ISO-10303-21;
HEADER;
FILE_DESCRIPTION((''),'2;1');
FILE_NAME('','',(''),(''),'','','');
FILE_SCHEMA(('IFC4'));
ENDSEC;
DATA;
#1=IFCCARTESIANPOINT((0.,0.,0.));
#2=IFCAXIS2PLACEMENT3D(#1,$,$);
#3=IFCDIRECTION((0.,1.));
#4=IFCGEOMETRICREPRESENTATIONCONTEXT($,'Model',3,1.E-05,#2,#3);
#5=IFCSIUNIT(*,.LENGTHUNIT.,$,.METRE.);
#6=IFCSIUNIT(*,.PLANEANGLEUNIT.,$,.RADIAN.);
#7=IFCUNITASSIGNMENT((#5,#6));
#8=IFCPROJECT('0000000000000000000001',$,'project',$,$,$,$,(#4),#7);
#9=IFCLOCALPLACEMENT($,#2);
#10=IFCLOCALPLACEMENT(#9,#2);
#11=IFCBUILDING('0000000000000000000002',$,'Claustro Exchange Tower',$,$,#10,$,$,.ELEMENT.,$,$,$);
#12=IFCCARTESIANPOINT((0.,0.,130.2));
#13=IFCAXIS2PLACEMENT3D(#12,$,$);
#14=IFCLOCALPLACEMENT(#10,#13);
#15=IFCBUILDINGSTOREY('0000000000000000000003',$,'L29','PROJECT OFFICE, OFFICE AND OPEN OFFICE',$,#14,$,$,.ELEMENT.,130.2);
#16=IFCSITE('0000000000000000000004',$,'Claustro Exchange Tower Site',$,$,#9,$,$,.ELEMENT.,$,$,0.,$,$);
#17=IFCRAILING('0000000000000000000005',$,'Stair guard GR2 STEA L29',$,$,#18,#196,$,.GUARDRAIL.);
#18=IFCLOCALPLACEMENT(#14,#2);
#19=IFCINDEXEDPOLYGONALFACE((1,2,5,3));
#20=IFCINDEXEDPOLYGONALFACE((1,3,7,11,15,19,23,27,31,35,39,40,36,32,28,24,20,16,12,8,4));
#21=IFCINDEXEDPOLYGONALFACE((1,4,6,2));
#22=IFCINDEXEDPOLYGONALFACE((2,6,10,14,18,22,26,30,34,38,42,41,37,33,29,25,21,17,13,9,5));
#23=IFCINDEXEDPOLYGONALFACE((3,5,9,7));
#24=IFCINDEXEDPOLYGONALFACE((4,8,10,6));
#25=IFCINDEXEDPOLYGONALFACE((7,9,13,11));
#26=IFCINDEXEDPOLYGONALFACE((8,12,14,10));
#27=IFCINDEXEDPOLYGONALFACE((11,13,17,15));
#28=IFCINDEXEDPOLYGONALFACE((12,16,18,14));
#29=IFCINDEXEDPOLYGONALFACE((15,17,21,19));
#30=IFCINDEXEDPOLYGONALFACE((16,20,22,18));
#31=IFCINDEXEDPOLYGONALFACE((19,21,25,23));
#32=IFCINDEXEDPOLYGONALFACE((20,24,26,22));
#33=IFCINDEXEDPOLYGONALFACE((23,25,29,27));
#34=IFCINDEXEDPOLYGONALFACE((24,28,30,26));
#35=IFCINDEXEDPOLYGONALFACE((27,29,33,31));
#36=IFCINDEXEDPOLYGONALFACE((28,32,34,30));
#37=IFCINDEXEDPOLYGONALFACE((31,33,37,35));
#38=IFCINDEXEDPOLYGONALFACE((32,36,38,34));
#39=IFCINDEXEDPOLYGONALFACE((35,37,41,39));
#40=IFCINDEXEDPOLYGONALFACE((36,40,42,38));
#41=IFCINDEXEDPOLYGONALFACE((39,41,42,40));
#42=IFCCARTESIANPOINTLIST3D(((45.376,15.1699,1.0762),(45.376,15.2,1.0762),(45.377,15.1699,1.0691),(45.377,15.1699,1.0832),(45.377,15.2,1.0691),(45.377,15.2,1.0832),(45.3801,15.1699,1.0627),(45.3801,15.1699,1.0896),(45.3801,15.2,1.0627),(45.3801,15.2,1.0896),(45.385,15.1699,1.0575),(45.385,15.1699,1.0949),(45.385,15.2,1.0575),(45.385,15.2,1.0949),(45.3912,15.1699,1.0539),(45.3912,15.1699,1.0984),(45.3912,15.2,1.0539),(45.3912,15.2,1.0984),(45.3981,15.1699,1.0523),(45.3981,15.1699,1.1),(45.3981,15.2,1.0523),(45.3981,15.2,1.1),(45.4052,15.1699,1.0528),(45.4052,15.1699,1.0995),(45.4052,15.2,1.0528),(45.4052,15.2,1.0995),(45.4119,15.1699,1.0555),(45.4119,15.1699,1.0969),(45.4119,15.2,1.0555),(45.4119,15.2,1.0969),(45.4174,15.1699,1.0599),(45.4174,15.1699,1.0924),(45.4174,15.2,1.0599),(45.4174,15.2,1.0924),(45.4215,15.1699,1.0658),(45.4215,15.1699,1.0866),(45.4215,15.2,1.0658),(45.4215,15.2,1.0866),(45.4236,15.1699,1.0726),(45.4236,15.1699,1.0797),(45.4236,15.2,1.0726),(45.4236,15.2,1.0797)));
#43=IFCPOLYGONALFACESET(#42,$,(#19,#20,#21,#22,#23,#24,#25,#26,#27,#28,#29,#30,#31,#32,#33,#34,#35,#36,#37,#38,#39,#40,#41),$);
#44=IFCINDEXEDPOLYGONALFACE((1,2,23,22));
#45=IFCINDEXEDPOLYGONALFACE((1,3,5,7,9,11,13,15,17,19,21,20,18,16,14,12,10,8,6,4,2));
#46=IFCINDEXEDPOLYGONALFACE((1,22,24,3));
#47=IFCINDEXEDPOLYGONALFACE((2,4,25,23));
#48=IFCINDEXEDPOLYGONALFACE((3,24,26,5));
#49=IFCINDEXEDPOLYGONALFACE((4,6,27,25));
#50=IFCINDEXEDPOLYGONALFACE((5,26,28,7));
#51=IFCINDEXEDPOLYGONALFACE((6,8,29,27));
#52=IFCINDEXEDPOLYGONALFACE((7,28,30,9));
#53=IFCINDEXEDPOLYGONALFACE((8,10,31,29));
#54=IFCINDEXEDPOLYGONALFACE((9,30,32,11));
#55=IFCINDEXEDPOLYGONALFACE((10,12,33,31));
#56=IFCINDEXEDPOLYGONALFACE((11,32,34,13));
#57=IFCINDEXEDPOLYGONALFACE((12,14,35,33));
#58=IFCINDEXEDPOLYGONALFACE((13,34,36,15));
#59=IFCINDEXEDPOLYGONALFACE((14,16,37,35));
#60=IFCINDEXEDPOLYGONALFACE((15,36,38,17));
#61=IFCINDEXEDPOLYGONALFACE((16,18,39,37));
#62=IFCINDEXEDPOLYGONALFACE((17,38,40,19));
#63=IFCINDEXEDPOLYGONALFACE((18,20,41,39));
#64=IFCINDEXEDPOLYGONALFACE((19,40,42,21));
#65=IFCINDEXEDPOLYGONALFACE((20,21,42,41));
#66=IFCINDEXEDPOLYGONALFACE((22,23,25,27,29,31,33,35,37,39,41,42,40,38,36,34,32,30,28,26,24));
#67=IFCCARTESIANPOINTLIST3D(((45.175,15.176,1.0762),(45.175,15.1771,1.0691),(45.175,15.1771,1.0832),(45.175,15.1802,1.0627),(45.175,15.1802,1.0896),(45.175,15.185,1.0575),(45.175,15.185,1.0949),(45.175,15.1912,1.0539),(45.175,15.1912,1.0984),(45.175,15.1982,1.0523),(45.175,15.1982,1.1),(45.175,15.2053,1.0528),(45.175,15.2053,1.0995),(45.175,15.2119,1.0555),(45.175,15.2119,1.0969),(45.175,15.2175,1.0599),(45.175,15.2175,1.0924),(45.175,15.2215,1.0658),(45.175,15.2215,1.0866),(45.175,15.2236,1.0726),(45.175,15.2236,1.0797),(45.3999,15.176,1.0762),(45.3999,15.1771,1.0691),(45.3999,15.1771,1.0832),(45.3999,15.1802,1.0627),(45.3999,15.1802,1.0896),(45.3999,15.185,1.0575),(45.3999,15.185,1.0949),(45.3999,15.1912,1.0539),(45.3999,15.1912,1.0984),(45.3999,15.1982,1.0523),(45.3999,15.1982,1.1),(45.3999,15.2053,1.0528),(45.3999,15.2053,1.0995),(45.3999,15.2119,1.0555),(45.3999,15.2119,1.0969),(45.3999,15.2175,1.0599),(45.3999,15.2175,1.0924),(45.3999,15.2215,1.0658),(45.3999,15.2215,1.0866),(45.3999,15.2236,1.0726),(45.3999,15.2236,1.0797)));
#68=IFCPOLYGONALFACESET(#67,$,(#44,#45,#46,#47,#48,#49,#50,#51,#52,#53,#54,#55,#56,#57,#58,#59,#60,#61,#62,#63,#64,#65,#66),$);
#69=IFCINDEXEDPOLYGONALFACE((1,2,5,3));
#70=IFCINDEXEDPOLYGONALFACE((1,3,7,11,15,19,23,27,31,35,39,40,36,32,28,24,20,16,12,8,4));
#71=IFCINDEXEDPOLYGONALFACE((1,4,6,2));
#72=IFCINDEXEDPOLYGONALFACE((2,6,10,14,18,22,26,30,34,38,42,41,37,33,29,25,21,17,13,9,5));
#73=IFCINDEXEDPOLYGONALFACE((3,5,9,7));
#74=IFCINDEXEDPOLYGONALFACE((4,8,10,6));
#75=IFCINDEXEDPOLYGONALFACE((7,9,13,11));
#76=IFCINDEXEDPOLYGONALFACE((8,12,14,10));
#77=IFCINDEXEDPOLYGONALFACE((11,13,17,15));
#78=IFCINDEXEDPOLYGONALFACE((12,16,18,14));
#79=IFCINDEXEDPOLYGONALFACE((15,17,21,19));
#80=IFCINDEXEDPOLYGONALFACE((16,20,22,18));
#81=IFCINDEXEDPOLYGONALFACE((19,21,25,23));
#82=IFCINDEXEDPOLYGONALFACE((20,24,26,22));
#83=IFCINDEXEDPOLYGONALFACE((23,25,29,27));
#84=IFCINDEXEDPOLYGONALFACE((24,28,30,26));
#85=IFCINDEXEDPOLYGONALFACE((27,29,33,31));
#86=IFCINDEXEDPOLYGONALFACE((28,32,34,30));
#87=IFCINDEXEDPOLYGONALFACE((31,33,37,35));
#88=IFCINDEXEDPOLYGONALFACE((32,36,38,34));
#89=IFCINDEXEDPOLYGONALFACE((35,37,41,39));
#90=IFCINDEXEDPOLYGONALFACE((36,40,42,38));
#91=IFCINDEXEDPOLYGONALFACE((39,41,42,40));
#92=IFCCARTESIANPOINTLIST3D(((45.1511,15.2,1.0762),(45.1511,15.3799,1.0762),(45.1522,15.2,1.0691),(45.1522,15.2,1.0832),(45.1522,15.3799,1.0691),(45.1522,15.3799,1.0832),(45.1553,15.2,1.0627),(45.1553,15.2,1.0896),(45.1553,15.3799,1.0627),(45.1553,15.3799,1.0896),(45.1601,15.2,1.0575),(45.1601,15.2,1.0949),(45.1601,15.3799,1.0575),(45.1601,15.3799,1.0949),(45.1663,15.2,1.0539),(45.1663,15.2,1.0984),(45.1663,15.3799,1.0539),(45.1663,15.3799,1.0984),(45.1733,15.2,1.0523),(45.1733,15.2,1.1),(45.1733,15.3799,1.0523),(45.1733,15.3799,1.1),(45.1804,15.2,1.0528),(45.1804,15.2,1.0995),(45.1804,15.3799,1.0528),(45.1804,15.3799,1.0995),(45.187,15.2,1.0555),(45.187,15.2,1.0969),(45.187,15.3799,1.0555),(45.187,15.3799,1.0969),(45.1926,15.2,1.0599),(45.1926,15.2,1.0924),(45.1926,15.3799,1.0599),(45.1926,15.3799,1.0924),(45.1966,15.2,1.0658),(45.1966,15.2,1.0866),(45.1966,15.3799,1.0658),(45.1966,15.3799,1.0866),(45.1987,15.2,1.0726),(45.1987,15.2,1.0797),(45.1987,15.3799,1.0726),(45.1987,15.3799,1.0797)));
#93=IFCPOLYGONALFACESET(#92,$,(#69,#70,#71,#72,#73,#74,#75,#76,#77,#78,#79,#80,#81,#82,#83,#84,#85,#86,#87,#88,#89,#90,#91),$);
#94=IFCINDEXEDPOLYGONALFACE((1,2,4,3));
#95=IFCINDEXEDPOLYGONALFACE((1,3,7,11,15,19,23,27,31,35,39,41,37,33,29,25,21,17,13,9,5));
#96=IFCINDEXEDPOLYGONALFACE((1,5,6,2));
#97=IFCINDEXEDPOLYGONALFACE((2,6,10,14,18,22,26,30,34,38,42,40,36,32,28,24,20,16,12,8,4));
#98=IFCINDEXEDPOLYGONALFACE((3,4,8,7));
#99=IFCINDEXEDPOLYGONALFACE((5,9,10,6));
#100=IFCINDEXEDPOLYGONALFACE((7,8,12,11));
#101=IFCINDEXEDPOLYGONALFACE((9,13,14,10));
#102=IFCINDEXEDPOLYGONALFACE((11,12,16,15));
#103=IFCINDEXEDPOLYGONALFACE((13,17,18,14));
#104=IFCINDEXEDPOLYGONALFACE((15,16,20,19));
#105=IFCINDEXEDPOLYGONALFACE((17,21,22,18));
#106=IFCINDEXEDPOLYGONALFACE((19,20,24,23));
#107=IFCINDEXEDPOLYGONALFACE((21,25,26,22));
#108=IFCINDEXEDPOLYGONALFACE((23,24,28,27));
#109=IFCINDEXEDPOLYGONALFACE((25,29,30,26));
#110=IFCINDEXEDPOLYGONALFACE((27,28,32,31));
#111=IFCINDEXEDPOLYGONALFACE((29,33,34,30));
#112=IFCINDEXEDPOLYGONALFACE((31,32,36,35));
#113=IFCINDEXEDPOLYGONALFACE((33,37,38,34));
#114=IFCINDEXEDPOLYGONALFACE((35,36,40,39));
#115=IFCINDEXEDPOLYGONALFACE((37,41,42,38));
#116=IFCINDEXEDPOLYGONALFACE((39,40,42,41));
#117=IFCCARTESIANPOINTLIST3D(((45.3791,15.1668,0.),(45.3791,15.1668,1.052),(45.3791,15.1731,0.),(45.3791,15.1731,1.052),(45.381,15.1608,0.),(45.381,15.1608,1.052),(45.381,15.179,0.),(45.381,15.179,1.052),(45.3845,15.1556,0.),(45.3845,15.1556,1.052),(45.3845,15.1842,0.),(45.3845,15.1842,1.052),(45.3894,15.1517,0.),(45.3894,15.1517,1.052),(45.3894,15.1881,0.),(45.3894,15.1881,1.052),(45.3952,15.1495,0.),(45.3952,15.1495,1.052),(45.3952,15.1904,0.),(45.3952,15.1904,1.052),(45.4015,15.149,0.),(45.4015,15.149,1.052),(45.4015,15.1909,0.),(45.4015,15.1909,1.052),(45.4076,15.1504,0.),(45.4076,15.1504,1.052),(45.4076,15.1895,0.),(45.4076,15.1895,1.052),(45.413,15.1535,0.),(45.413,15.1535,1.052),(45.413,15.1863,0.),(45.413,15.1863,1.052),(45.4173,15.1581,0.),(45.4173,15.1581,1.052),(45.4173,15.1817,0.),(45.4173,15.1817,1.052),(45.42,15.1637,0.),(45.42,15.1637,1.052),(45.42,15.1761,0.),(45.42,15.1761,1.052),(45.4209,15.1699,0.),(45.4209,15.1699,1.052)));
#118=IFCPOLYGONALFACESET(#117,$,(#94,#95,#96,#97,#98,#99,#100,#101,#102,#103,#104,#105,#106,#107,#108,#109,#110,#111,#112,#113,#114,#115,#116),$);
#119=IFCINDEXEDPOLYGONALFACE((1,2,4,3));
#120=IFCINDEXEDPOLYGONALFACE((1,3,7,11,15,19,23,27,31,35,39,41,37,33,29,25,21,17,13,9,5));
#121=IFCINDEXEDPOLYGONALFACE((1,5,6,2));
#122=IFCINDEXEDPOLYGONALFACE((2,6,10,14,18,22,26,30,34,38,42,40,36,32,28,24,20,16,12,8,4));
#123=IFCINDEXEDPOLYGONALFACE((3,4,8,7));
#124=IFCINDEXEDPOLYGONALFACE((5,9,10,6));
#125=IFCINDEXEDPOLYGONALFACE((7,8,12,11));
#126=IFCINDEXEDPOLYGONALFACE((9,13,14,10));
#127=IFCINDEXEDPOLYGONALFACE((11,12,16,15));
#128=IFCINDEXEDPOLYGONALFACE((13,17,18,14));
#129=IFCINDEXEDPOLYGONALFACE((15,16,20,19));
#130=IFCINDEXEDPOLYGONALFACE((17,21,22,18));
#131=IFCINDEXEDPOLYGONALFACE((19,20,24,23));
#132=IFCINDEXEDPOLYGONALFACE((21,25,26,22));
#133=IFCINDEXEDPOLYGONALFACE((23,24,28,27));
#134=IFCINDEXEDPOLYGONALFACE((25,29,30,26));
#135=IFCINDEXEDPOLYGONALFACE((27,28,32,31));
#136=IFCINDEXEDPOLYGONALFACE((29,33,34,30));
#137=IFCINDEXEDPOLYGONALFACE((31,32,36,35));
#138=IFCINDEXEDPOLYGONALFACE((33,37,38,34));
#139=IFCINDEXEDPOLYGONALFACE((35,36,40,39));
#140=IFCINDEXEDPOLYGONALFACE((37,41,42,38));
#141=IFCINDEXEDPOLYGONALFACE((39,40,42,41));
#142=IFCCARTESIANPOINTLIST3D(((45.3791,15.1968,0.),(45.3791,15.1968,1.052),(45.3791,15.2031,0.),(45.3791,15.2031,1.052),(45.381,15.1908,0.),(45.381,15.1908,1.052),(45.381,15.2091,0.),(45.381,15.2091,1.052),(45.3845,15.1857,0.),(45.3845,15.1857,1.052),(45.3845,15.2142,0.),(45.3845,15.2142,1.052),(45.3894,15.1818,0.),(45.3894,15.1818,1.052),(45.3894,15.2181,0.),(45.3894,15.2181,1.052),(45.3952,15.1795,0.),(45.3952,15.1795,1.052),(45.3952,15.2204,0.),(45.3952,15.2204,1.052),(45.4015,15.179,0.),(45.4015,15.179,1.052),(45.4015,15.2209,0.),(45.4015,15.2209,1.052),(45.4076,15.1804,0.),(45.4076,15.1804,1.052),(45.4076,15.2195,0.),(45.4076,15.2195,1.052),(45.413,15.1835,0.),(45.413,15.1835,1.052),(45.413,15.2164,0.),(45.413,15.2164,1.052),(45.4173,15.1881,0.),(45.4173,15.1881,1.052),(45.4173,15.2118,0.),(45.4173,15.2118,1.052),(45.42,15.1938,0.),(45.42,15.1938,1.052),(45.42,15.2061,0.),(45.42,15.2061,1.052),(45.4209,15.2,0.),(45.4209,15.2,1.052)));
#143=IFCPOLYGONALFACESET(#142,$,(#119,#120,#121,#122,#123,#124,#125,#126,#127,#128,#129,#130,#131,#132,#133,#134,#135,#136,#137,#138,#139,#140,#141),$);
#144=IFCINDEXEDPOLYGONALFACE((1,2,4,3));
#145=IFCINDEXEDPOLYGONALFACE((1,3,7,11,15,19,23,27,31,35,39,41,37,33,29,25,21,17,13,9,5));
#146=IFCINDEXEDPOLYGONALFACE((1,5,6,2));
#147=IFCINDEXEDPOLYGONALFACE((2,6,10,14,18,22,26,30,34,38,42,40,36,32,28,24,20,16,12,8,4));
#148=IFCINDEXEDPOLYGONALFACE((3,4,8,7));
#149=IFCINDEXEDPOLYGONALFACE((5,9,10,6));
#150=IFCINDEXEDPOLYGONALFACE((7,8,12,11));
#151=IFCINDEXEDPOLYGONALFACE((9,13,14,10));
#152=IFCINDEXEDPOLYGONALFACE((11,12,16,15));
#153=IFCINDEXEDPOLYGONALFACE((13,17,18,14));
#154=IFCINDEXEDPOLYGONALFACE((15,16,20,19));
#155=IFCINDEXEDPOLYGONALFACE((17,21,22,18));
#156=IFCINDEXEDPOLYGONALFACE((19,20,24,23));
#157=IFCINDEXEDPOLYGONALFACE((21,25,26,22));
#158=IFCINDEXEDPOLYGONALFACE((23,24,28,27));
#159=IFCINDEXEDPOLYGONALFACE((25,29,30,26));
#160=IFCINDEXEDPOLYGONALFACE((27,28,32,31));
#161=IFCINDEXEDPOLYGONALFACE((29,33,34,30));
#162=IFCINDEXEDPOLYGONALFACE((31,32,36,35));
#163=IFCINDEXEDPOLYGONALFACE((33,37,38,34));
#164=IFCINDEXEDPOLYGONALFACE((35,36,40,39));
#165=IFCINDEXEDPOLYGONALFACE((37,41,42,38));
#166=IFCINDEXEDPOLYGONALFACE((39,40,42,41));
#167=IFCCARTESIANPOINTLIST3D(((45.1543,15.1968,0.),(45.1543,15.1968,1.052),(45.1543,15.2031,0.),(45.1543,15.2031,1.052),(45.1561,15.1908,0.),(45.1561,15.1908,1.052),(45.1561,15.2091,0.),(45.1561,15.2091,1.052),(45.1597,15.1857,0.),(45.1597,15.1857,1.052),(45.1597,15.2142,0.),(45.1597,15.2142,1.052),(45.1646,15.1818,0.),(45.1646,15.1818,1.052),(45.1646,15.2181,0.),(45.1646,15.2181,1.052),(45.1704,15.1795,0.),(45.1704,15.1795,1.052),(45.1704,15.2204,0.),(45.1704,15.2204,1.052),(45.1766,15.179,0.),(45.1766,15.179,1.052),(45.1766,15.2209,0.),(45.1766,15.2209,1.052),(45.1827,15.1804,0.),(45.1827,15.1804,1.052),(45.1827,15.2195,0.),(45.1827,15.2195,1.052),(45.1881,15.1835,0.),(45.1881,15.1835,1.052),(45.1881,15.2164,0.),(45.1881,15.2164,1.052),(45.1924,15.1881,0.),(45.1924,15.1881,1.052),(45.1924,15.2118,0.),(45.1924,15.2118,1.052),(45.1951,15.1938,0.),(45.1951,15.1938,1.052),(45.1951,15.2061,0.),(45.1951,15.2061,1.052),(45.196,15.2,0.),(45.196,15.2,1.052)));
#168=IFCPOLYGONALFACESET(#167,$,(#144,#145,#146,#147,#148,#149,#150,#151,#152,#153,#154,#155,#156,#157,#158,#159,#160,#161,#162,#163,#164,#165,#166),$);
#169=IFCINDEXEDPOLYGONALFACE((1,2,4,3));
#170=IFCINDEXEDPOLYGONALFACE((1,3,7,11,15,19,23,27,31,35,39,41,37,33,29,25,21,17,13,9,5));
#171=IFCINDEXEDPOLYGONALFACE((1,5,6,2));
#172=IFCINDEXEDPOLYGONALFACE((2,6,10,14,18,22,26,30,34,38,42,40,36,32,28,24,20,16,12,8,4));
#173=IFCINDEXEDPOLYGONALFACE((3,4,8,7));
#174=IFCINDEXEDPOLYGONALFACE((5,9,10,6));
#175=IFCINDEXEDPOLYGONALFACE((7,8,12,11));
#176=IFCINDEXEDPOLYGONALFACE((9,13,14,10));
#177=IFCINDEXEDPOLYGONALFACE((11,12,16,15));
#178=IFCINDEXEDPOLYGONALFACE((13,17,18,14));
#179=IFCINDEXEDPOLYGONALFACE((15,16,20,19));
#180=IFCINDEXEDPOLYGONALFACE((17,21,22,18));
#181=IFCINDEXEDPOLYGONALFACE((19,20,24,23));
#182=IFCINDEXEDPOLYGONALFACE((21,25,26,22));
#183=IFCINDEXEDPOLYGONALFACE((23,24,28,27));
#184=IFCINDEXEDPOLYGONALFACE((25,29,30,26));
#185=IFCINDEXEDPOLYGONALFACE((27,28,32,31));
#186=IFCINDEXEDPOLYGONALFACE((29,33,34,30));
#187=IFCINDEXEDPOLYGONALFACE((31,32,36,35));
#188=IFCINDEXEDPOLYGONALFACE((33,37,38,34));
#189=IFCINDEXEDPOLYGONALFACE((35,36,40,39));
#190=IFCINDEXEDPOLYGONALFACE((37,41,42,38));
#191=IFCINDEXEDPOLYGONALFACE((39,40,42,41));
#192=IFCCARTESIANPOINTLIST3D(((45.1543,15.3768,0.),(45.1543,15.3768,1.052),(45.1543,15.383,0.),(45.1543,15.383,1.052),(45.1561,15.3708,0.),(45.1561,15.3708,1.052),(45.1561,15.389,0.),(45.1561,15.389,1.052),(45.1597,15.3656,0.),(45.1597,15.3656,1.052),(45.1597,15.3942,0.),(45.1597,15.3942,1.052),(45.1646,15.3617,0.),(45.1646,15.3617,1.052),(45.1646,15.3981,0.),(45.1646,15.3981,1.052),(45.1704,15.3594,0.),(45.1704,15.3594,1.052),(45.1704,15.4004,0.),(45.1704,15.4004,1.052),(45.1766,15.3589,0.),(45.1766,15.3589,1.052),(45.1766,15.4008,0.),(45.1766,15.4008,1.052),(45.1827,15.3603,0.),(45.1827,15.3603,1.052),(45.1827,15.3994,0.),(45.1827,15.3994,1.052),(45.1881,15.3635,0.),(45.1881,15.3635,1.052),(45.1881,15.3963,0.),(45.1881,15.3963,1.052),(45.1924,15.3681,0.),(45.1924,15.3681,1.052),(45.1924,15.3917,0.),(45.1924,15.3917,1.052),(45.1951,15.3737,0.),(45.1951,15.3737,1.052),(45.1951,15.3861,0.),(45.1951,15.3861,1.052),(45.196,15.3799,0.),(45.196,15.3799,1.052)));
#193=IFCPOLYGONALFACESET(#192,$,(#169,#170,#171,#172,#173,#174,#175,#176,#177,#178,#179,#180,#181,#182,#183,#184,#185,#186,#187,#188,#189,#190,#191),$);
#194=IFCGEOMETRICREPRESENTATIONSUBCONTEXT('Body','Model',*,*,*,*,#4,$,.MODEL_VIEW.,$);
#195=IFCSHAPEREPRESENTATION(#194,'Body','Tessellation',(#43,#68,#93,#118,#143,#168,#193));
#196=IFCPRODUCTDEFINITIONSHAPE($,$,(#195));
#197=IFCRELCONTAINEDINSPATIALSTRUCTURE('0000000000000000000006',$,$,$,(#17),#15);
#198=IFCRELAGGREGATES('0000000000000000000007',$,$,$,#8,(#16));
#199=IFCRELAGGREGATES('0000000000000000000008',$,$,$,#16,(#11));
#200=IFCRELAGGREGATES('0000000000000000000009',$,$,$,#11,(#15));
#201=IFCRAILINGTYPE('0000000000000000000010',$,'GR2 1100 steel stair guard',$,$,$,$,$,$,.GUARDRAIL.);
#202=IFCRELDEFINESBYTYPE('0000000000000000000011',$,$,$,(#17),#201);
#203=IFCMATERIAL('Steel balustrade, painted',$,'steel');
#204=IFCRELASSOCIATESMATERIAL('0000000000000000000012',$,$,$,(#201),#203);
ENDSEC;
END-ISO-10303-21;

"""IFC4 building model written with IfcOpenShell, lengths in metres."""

from ifc_helpers import new_model, si_unit, direction, frame, origin, origin_2d, place, context, subcontext, project, spatial, circle, extrude, material, type_object, element, save


model = new_model("IFC4")

# Units and contexts
model_context = context("Model", 3, precision=1e-05, world=origin(), true_north=direction((0.0, 1.0)))
body_context = subcontext(model_context, "Body", "Model", "MODEL_VIEW")
ifc_project = project(units=[si_unit("LENGTHUNIT", "METRE"), si_unit("PLANEANGLEUNIT", "RADIAN")], contexts=[model_context])

# Site, building, storey
site_placement = place(None, origin())
site = spatial("IfcSite", under=ifc_project, at=site_placement, Name="Claustro Exchange Tower Site", CompositionType="ELEMENT", RefElevation=0.0)
building_placement = place(site_placement, origin())
building = spatial("IfcBuilding", under=site, at=building_placement, Name="Claustro Exchange Tower", CompositionType="ELEMENT")
storey_placement = place(building_placement, frame((0.0, 0.0, 130.2)))
storey = spatial("IfcBuildingStorey", under=building, at=storey_placement, Name="L29", Description="PROJECT OFFICE, OFFICE AND OPEN OFFICE", CompositionType="ELEMENT", Elevation=130.2)

# Railing
ifc_material_1 = material(Name="Steel balustrade, painted", Category="steel")
railing_type_1 = type_object("IfcRailingType", Name="GR2 1100 steel stair guard", PredefinedType="GUARDRAIL", material=ifc_material_1)
railing_1_placement = place(storey_placement, frame((45.3999, 15.1699, 0.0)))
element("IfcRailing", 1, at=railing_1_placement, inside=storey, type_object=railing_type_1, Name="Stair guard GR2 STEA L29", PredefinedType="GUARDRAIL", context=body_context, shape_type="SweptSolid", body=[
    extrude(circle(Radius=0.0239, at=origin_2d()), frame((0.0, 0.0, 1.0762), z_axis=(0.0, 1.0, 0.0), x_axis=(-1.0, 0.0, 0.0)), (0.0, 0.0, 1.0), 0.03),
    extrude(circle(Radius=0.0239, at=origin_2d()), frame((0.0, 0.03, 1.0762), z_axis=(-1.0, 0.0, 0.0), x_axis=(0.0, -1.0, 0.0)), (0.0, 0.0, 1.0), 0.2249),
    extrude(circle(Radius=0.0239, at=origin_2d()), frame((-0.2249, 0.03, 1.0762), z_axis=(0.0, 1.0, 0.0), x_axis=(-1.0, 0.0, 0.0)), (0.0, 0.0, 1.0), 0.1799),
    extrude(circle(Radius=0.021, at=origin_2d()), origin(), (0.0, 0.0, 1.0), 1.052),
    extrude(circle(Radius=0.021, at=origin_2d()), frame((0.0, 0.03, 0.0)), (0.0, 0.0, 1.0), 1.052),
    extrude(circle(Radius=0.021, at=origin_2d()), frame((-0.2249, 0.03, 0.0)), (0.0, 0.0, 1.0), 1.052),
    extrude(circle(Radius=0.021, at=origin_2d()), frame((-0.2249, 0.21, 0.0)), (0.0, 0.0, 1.0), 1.052),
])

save(model, "model.ifc")
